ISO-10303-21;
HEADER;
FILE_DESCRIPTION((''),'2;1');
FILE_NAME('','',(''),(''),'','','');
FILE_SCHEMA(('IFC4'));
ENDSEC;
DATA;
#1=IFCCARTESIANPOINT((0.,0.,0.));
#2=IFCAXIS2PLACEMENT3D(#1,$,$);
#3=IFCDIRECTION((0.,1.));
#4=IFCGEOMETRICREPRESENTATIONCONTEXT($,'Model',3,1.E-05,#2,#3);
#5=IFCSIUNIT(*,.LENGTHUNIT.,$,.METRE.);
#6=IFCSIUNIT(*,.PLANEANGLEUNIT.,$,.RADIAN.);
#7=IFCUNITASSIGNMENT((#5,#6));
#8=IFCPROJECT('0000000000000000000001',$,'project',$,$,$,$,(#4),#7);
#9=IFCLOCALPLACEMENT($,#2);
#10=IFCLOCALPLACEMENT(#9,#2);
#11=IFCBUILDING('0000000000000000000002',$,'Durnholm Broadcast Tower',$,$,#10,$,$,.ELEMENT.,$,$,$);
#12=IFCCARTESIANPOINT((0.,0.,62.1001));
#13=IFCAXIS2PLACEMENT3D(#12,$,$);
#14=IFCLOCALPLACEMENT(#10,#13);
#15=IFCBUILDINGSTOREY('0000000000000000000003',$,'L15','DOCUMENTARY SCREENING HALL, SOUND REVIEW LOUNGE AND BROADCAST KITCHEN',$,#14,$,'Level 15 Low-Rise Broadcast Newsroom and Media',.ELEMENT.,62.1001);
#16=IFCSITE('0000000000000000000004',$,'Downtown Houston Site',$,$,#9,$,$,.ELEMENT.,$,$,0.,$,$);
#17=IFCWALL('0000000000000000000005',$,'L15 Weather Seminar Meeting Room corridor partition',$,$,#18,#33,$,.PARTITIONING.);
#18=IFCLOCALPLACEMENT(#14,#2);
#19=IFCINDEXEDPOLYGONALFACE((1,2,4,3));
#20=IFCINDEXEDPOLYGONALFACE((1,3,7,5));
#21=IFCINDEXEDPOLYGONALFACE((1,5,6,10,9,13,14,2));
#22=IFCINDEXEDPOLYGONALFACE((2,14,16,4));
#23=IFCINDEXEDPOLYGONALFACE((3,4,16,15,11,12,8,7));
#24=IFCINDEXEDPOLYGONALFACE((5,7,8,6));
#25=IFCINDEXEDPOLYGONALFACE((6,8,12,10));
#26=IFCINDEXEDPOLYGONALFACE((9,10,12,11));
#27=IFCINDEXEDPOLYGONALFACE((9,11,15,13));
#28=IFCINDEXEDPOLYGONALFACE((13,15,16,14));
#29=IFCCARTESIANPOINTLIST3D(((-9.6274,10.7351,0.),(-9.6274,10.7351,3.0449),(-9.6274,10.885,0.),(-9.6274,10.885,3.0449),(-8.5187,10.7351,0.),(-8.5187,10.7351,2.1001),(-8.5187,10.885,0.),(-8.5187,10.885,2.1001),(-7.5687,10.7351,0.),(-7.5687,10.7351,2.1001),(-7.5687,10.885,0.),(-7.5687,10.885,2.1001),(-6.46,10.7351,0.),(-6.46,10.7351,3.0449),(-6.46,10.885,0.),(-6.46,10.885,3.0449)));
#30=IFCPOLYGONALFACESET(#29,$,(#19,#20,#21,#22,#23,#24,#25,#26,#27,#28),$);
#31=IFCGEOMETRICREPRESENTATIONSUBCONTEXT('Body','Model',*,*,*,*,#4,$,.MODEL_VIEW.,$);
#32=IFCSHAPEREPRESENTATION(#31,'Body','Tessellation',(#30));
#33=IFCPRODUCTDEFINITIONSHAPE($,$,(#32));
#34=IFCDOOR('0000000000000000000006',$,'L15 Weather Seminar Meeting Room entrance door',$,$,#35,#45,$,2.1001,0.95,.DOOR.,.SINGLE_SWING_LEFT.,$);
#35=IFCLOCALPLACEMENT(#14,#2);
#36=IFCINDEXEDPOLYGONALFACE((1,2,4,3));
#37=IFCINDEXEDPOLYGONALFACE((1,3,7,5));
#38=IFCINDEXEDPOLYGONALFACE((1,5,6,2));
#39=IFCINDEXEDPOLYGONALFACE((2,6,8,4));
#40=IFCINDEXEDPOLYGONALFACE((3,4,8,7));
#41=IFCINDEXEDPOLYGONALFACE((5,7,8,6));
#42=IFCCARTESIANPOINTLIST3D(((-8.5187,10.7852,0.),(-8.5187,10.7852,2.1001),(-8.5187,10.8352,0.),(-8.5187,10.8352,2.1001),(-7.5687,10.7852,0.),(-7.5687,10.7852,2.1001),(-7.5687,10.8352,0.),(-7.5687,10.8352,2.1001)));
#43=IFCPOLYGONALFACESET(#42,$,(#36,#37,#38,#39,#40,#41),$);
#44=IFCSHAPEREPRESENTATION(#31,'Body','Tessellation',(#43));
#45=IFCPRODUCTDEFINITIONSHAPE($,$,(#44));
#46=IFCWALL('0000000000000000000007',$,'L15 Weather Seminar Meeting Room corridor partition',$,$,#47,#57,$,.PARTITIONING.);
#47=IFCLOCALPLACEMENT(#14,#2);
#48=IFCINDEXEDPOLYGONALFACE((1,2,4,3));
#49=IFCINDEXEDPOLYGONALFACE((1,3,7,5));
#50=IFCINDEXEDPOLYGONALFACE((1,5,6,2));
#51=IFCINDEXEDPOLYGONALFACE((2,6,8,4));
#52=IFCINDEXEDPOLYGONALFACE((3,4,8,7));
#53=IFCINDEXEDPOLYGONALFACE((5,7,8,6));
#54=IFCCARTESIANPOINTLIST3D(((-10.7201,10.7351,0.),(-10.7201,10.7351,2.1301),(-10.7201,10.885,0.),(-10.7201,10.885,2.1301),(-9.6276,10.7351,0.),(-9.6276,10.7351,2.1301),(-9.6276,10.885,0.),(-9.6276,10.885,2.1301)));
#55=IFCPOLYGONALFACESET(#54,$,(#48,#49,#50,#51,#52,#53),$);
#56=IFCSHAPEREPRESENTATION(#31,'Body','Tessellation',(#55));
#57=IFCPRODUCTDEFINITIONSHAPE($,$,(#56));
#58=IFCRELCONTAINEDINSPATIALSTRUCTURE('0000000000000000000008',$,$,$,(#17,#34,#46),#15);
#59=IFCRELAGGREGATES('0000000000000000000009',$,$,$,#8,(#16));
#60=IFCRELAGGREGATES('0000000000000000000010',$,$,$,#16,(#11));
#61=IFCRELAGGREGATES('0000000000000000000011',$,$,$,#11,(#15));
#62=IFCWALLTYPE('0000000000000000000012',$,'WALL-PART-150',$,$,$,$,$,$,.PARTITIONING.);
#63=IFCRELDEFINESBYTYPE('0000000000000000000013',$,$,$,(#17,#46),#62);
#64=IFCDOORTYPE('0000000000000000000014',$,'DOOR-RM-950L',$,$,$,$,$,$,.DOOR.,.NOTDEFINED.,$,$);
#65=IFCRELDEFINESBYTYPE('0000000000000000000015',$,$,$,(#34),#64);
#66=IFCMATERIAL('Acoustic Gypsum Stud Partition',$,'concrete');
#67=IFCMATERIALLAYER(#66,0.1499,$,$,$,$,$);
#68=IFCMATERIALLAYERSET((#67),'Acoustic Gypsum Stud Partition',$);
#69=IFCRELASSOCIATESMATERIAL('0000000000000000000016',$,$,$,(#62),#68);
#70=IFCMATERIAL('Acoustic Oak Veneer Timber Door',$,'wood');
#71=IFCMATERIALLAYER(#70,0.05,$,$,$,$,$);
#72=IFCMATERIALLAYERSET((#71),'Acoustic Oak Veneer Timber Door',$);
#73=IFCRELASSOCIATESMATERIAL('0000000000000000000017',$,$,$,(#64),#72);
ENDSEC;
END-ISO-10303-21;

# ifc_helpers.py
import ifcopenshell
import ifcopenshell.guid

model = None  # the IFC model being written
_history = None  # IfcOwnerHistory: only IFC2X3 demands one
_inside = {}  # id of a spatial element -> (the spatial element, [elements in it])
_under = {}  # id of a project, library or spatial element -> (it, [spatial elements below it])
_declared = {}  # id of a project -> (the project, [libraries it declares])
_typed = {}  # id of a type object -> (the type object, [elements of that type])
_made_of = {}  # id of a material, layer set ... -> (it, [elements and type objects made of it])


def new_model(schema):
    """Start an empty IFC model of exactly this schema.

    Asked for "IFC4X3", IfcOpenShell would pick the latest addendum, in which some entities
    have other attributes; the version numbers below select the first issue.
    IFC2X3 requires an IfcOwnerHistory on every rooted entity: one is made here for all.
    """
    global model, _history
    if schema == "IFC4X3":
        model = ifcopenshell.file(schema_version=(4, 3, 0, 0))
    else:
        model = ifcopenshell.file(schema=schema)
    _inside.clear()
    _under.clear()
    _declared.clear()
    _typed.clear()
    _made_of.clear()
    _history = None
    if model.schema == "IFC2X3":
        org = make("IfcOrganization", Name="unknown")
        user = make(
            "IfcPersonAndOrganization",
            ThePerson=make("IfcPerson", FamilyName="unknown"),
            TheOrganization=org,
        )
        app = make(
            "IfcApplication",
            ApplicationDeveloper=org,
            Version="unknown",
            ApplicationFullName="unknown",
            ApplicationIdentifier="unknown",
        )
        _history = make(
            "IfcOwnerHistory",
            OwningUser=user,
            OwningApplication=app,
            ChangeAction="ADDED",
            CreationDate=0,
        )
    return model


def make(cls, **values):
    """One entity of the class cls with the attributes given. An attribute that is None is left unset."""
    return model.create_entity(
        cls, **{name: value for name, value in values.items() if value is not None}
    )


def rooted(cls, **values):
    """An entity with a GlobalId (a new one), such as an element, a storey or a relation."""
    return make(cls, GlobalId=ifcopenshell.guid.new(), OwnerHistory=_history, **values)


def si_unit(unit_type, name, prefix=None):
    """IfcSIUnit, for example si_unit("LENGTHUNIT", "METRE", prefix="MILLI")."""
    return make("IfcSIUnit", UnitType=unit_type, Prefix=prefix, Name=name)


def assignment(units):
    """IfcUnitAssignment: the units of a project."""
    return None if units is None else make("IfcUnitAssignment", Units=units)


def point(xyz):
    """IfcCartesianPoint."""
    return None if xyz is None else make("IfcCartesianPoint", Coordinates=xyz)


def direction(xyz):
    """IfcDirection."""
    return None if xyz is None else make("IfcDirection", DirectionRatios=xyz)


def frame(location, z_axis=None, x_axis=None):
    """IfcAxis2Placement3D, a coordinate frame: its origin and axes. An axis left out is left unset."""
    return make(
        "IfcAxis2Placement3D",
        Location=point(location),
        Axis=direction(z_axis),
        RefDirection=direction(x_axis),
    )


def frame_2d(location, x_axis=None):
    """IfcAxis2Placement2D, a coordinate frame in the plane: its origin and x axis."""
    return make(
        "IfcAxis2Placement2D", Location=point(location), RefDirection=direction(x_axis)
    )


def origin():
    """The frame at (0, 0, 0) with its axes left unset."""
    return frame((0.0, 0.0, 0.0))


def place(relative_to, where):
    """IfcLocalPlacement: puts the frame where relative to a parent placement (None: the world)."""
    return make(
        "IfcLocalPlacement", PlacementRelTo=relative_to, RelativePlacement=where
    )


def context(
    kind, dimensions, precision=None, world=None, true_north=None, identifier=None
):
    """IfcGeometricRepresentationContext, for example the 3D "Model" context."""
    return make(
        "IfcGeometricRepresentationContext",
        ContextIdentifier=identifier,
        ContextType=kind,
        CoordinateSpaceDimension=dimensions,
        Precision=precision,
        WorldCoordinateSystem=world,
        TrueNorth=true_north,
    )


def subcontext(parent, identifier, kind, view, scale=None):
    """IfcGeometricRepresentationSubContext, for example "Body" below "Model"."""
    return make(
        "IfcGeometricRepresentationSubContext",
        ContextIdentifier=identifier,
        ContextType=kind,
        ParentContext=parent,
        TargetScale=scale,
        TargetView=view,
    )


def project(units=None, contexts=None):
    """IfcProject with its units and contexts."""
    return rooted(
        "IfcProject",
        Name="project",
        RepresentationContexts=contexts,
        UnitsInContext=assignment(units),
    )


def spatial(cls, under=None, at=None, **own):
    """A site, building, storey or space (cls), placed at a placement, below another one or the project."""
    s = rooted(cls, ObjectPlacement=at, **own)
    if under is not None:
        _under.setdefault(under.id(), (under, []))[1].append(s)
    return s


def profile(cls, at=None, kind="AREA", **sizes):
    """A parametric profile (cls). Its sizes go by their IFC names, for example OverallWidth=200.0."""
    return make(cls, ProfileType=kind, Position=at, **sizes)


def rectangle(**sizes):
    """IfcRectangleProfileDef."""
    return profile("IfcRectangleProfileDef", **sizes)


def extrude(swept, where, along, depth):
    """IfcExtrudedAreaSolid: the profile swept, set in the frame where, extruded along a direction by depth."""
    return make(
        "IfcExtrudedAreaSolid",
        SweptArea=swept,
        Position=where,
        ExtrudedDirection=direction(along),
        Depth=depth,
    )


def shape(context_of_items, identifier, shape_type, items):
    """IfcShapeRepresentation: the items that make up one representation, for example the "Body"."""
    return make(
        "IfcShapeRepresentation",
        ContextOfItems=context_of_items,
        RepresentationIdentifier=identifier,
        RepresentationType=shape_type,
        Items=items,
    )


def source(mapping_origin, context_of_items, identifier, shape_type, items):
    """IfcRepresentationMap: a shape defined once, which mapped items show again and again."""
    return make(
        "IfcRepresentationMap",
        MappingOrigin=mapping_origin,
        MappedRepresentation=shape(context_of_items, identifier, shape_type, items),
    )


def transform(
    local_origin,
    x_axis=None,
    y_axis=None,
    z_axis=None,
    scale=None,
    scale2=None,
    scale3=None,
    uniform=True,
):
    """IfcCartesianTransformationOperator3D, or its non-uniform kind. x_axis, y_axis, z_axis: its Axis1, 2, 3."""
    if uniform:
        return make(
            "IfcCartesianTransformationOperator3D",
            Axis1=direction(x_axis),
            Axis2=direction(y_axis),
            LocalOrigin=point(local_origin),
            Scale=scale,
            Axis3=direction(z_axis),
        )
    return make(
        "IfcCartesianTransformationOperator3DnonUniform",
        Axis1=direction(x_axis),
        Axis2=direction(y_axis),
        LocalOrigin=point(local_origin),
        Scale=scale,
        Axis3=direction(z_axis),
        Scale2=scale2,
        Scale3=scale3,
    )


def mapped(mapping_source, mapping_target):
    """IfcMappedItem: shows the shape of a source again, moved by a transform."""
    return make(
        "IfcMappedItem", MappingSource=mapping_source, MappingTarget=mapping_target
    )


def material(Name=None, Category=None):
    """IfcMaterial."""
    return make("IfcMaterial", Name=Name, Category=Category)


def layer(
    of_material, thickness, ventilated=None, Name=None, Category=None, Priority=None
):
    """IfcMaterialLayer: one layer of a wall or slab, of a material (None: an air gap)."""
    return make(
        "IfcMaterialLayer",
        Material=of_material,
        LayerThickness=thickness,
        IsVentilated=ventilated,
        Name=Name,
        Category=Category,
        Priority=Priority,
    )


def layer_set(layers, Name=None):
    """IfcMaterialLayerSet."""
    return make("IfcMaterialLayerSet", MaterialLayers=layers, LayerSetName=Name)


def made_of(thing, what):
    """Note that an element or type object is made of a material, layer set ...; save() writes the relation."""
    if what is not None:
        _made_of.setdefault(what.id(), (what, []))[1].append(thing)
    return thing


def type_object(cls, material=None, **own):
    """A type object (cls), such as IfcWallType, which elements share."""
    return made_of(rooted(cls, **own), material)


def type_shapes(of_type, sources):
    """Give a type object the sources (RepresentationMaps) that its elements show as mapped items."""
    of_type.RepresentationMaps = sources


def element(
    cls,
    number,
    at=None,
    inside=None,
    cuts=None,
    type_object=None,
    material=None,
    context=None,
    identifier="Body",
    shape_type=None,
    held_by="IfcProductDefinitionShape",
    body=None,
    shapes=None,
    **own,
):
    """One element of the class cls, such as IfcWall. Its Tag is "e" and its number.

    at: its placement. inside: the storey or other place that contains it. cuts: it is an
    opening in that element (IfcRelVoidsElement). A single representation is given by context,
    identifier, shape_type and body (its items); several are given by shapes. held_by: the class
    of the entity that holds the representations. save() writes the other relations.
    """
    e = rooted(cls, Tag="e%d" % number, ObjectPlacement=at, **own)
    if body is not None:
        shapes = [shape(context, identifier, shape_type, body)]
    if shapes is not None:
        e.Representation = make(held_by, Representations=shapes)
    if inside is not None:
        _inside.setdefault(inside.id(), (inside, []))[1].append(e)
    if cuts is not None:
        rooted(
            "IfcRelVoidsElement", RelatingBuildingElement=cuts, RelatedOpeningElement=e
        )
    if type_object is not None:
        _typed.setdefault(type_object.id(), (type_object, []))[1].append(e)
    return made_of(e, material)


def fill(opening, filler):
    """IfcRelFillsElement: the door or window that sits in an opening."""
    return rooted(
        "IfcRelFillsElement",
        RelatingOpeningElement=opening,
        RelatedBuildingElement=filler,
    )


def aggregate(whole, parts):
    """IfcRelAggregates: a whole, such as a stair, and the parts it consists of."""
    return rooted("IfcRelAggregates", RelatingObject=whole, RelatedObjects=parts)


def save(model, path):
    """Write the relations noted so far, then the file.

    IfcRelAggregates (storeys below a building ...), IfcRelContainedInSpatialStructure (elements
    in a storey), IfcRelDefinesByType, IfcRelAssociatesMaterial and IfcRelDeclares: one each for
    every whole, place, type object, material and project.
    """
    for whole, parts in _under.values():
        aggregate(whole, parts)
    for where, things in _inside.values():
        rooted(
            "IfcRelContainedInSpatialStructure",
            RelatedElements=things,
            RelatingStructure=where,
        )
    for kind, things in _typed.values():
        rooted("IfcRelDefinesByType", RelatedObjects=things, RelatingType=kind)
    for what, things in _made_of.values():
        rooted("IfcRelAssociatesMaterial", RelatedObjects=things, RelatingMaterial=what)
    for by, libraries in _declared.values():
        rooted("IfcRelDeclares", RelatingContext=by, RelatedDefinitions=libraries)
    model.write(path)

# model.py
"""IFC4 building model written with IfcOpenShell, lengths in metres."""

from ifc_helpers import new_model, si_unit, direction, frame, frame_2d, origin, place, context, subcontext, project, spatial, rectangle, extrude, source, transform, mapped, material, layer, layer_set, type_object, type_shapes, element, fill, save


model = new_model("IFC4")

# Units and contexts
model_context = context("Model", 3, precision=1e-05, world=origin(), true_north=direction((0.0, 1.0)))
body_context = subcontext(model_context, "Body", "Model", "MODEL_VIEW")
ifc_project = project(units=[si_unit("LENGTHUNIT", "METRE"), si_unit("PLANEANGLEUNIT", "RADIAN")], contexts=[model_context])

# Site, building, storey
site_placement = place(None, origin())
site = spatial("IfcSite", under=ifc_project, at=site_placement, Name="Downtown Houston Site", CompositionType="ELEMENT", RefElevation=0.0)
building_placement = place(site_placement, origin())
building = spatial("IfcBuilding", under=site, at=building_placement, Name="Durnholm Broadcast Tower", CompositionType="ELEMENT")
storey_placement = place(building_placement, frame((0.0, 0.0, 62.1001)))
storey = spatial("IfcBuildingStorey", under=building, at=storey_placement, Name="L15", Description="DOCUMENTARY SCREENING HALL, SOUND REVIEW LOUNGE AND BROADCAST KITCHEN", LongName="Level 15 Low-Rise Broadcast Newsroom and Media", CompositionType="ELEMENT", Elevation=62.1001)

# Wall, opening, door
ifc_material_1 = material(Name="Acoustic Gypsum Stud Partition", Category="concrete")
ifc_layer_1 = layer(ifc_material_1, 0.1499)
ifc_layer_set_1 = layer_set([ifc_layer_1], Name="Acoustic Gypsum Stud Partition")
wall_type_1 = type_object("IfcWallType", Name="WALL-PART-150", PredefinedType="PARTITIONING", material=ifc_layer_set_1)
wall_1_placement = place(storey_placement, frame((-6.46, 10.8101, 0.0), z_axis=(0.0, 0.0, 1.0), x_axis=(-1.0, 0.0, 0.0)))
wall_1 = element("IfcWall", 1, at=wall_1_placement, inside=storey, type_object=wall_type_1, Name="L15 Weather Seminar Meeting Room corridor partition", PredefinedType="PARTITIONING", context=body_context, shape_type="SweptSolid", body=[
    extrude(rectangle(XDim=3.1675, YDim=0.1499, at=frame_2d((1.5837, 0.0))), origin(), (0.0, 0.0, 1.0), 3.0449),
])
opening_placement = place(wall_1_placement, frame((1.1086, 0.0, 0.0)))
opening = element("IfcOpeningElement", 2, at=opening_placement, cuts=wall_1, PredefinedType="OPENING", context=body_context, shape_type="SweptSolid", body=[
    extrude(rectangle(XDim=0.95, YDim=2.1001, at=frame_2d((0.4751, 1.05))), frame((0.0, 0.085, 0.0), z_axis=(0.0, -1.0, 0.0), x_axis=(1.0, 0.0, 0.0)), (0.0, 0.0, 1.0), 0.1699),
])
ifc_material_2 = material(Name="Acoustic Oak Veneer Timber Door", Category="wood")
ifc_layer_2 = layer(ifc_material_2, 0.05)
ifc_layer_set_2 = layer_set([ifc_layer_2], Name="Acoustic Oak Veneer Timber Door")
door_type = type_object("IfcDoorType", Name="DOOR-RM-950L", OperationType="NOTDEFINED", PredefinedType="DOOR", material=ifc_layer_set_2)
shared_shape_1 = source(origin(), body_context, "Body", "SweptSolid", [
    extrude(rectangle(XDim=0.95, YDim=2.1001, at=frame_2d((0.4751, 1.05))), frame((0.0, 0.0249, 0.0), z_axis=(0.0, -1.0, 0.0), x_axis=(1.0, 0.0, 0.0)), (0.0, 0.0, 1.0), 0.05),
])
type_shapes(door_type, [shared_shape_1])
door_placement = place(opening_placement, origin())
door = element("IfcDoor", 3, at=door_placement, inside=storey, type_object=door_type, Name="L15 Weather Seminar Meeting Room entrance door", OperationType="SINGLE_SWING_LEFT", OverallHeight=2.1001, OverallWidth=0.95, PredefinedType="DOOR", context=body_context, shape_type="MappedRepresentation", body=[
    mapped(shared_shape_1, transform((0.0, 0.0, 0.0), x_axis=(1.0, 0.0, 0.0), y_axis=(0.0, 1.0, 0.0), z_axis=(0.0, 0.0, 1.0), scale=1.0)),
])
fill(opening, door)

# Wall
wall_2_placement = place(storey_placement, frame((-9.6274, 10.8101, 0.0), z_axis=(0.0, 0.0, 1.0), x_axis=(-1.0, 0.0, 0.0)))
element("IfcWall", 4, at=wall_2_placement, inside=storey, type_object=wall_type_1, Name="L15 Weather Seminar Meeting Room corridor partition", PredefinedType="PARTITIONING", context=body_context, shape_type="SweptSolid", body=[
    extrude(rectangle(XDim=1.0925, YDim=0.1499, at=frame_2d((0.5464, 0.0))), origin(), (0.0, 0.0, 1.0), 2.1301),
])

save(model, "model.ifc")
